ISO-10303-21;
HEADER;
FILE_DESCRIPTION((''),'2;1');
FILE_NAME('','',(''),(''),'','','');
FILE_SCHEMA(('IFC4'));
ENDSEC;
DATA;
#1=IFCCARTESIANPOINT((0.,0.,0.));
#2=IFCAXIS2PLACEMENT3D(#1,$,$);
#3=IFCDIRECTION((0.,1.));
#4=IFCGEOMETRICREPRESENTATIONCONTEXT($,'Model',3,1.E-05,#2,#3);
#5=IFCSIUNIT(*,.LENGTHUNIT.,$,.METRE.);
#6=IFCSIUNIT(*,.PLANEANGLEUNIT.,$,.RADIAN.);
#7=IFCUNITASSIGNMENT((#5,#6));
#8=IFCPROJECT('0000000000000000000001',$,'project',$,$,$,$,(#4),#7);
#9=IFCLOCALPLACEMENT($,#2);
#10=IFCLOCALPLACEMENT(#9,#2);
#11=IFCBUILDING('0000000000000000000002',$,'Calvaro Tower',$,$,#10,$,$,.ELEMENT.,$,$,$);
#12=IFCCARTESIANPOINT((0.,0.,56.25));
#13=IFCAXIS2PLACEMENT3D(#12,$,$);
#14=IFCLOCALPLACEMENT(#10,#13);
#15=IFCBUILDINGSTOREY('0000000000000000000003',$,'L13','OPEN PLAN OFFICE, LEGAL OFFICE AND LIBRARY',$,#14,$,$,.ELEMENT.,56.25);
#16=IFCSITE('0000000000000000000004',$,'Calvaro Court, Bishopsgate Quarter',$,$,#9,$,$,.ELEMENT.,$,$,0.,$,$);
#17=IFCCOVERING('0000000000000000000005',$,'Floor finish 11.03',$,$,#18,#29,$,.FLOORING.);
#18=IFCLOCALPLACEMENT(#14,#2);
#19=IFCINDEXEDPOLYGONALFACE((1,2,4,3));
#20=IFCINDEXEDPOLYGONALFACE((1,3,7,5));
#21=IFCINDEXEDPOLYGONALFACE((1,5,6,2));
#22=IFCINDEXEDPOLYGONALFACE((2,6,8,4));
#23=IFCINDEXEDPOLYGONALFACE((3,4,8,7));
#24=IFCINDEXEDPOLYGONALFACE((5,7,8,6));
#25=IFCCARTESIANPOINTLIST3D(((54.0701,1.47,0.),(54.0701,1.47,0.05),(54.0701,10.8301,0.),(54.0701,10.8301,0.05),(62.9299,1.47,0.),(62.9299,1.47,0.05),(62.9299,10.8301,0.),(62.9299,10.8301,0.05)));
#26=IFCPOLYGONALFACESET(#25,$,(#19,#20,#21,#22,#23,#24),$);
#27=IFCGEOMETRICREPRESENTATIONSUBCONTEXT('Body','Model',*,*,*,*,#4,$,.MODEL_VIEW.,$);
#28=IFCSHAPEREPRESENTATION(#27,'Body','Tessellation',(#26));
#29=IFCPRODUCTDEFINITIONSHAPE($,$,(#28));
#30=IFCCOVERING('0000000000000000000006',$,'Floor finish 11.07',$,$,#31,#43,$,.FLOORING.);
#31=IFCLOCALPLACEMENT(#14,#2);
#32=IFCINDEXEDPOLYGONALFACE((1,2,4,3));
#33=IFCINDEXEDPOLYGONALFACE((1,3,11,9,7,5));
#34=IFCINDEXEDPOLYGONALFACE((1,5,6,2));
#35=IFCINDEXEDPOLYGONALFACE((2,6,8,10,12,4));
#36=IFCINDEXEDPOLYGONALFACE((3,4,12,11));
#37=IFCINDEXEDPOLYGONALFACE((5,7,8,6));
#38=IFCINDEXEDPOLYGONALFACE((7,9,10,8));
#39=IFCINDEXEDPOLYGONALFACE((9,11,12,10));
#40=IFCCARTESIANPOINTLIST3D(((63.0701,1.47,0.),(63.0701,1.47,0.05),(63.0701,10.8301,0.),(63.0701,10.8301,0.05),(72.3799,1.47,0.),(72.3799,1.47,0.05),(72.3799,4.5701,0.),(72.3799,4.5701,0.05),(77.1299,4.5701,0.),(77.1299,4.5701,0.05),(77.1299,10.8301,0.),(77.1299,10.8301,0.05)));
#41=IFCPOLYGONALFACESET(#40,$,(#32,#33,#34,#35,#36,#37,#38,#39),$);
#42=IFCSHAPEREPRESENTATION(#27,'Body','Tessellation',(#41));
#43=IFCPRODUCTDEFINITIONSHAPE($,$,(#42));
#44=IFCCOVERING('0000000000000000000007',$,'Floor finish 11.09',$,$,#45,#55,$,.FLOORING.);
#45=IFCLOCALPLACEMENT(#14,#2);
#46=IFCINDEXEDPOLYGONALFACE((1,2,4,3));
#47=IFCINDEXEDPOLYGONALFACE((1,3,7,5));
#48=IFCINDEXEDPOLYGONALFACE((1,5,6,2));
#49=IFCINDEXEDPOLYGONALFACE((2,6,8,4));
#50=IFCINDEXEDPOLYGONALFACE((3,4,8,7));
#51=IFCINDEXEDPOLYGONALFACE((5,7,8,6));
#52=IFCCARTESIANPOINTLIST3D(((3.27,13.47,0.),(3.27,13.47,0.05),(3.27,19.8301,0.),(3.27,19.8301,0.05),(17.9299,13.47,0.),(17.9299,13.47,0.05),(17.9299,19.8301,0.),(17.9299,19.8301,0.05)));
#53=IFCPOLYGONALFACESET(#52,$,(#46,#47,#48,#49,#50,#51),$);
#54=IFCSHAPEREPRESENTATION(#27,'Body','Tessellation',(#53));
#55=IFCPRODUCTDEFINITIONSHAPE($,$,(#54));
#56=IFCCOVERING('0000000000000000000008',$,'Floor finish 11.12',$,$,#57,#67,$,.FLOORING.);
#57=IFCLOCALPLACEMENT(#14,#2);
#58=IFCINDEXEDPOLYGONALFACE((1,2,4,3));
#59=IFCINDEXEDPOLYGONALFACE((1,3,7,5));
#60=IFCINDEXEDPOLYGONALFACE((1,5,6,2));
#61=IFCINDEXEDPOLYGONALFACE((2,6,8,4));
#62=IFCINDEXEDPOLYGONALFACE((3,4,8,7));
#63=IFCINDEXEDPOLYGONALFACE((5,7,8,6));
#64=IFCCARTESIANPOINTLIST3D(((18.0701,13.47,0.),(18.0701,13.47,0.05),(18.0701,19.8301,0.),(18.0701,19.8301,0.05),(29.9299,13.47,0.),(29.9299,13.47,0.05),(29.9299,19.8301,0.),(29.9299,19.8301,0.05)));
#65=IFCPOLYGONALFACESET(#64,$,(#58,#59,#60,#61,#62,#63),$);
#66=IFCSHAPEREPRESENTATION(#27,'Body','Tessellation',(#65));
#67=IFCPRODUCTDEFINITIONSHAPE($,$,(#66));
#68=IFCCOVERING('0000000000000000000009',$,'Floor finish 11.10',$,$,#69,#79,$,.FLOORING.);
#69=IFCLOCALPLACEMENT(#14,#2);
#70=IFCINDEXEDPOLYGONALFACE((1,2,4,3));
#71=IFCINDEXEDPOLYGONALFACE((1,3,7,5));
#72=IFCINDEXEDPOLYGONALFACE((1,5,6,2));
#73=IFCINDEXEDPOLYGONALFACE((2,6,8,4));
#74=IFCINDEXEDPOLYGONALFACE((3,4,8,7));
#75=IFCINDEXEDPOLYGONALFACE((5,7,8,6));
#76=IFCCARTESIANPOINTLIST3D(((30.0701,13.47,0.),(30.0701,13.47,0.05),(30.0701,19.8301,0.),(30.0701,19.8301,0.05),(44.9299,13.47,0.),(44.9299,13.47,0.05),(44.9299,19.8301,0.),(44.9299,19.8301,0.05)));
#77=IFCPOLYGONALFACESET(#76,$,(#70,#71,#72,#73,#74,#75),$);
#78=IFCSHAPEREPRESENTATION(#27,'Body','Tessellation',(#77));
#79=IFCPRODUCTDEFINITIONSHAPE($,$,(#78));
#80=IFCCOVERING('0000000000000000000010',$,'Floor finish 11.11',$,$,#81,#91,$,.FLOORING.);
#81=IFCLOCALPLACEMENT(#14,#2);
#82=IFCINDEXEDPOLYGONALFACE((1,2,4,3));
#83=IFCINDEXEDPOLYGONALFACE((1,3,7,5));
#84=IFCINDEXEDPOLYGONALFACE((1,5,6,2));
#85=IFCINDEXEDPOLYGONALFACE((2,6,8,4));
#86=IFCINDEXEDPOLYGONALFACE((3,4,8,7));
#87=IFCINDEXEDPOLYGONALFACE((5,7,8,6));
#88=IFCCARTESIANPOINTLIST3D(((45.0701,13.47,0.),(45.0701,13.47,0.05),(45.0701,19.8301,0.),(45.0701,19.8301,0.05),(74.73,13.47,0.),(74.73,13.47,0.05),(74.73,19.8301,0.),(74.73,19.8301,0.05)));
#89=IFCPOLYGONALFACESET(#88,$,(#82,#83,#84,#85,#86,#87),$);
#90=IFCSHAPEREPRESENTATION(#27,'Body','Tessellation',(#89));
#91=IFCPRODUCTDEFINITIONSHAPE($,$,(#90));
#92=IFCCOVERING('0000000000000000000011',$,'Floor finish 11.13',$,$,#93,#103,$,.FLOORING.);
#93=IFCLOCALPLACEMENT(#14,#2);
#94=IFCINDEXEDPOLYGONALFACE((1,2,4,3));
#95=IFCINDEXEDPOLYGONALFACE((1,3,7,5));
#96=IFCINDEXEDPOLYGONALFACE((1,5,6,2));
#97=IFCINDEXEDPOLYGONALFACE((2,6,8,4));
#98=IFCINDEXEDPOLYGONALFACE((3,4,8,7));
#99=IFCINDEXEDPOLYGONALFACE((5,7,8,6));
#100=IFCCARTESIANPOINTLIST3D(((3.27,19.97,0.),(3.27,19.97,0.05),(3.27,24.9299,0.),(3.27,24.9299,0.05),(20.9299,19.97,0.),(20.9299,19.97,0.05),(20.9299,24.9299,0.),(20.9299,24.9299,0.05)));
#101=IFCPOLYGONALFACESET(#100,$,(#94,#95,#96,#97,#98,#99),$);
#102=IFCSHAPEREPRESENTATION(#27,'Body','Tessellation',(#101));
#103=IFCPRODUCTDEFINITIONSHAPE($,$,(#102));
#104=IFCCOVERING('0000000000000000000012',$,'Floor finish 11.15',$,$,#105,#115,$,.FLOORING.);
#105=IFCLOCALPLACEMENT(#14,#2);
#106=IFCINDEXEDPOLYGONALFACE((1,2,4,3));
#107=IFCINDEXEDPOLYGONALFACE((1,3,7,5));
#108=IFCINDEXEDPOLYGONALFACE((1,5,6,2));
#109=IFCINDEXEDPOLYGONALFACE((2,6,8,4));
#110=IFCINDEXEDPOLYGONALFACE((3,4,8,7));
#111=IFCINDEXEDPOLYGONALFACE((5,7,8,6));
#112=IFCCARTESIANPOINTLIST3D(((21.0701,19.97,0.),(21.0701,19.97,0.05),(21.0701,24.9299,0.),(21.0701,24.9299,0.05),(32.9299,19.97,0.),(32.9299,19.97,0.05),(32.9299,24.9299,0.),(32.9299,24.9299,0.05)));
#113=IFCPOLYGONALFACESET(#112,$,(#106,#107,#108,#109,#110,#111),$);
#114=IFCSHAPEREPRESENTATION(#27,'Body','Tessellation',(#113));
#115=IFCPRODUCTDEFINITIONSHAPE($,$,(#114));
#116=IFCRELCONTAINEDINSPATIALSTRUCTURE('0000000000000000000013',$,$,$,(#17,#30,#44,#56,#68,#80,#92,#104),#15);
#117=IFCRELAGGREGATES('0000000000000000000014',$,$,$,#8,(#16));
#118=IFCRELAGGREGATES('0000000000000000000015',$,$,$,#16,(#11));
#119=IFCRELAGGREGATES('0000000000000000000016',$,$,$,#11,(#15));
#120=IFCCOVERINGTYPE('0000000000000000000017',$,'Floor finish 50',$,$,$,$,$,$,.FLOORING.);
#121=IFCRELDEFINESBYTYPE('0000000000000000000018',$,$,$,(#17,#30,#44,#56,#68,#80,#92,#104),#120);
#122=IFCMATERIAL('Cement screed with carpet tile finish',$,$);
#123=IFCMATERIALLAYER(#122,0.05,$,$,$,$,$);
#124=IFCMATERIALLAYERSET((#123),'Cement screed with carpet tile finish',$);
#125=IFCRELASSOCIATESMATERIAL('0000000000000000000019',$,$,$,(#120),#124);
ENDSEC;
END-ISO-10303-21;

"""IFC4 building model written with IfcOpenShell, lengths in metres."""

from ifc_helpers import new_model, si_unit, direction, frame, origin, place, context, subcontext, project, spatial, polyline, outline, extrude, material, layer, layer_set, type_object, element, save


model = new_model("IFC4")

# Units and contexts
model_context = context("Model", 3, precision=1e-05, world=origin(), true_north=direction((0.0, 1.0)))
body_context = subcontext(model_context, "Body", "Model", "MODEL_VIEW")
ifc_project = project(units=[si_unit("LENGTHUNIT", "METRE"), si_unit("PLANEANGLEUNIT", "RADIAN")], contexts=[model_context])

# Site, building, storey
site_placement = place(None, origin())
site = spatial("IfcSite", under=ifc_project, at=site_placement, Name="Calvaro Court, Bishopsgate Quarter", CompositionType="ELEMENT", RefElevation=0.0)
building_placement = place(site_placement, origin())
building = spatial("IfcBuilding", under=site, at=building_placement, Name="Calvaro Tower", CompositionType="ELEMENT")
storey_placement = place(building_placement, frame((0.0, 0.0, 56.25)))
storey = spatial("IfcBuildingStorey", under=building, at=storey_placement, Name="L13", Description="OPEN PLAN OFFICE, LEGAL OFFICE AND LIBRARY", CompositionType="ELEMENT", Elevation=56.25)

# Coverings
ifc_material_1 = material(Name="Cement screed with carpet tile finish")
ifc_layer_1 = layer(ifc_material_1, 0.05)
ifc_layer_set_1 = layer_set([ifc_layer_1], Name="Cement screed with carpet tile finish")
covering_type = type_object("IfcCoveringType", Name="Floor finish 50", PredefinedType="FLOORING", material=ifc_layer_set_1)
covering_1_placement = place(storey_placement, origin())
element("IfcCovering", 1, at=covering_1_placement, inside=storey, type_object=covering_type, Name="Floor finish 11.03", PredefinedType="FLOORING", context=body_context, shape_type="SweptSolid", body=[
    extrude(outline(polyline([(54.0701, 10.8301), (62.9299, 10.8301), (62.9299, 1.47), (54.0701, 1.47), (54.0701, 10.8301)])), origin(), (0.0, 0.0, 1.0), 0.05),
])
covering_2_placement = place(storey_placement, origin())
element("IfcCovering", 2, at=covering_2_placement, inside=storey, type_object=covering_type, Name="Floor finish 11.07", PredefinedType="FLOORING", context=body_context, shape_type="SweptSolid", body=[
    extrude(outline(polyline([(77.1299, 4.5701), (72.3799, 4.5701), (72.3799, 1.47), (63.0701, 1.47), (63.0701, 10.8301), (77.1299, 10.8301), (77.1299, 4.5701)])), origin(), (0.0, 0.0, 1.0), 0.05),
])
covering_3_placement = place(storey_placement, origin())
element("IfcCovering", 3, at=covering_3_placement, inside=storey, type_object=covering_type, Name="Floor finish 11.09", PredefinedType="FLOORING", context=body_context, shape_type="SweptSolid", body=[
    extrude(outline(polyline([(3.27, 13.47), (3.27, 19.8301), (17.9299, 19.8301), (17.9299, 13.47), (3.27, 13.47)])), origin(), (0.0, 0.0, 1.0), 0.05),
])
covering_4_placement = place(storey_placement, origin())
element("IfcCovering", 4, at=covering_4_placement, inside=storey, type_object=covering_type, Name="Floor finish 11.12", PredefinedType="FLOORING", context=body_context, shape_type="SweptSolid", body=[
    extrude(outline(polyline([(18.0701, 13.47), (18.0701, 19.8301), (29.9299, 19.8301), (29.9299, 13.47), (18.0701, 13.47)])), origin(), (0.0, 0.0, 1.0), 0.05),
])
covering_5_placement = place(storey_placement, origin())
element("IfcCovering", 5, at=covering_5_placement, inside=storey, type_object=covering_type, Name="Floor finish 11.10", PredefinedType="FLOORING", context=body_context, shape_type="SweptSolid", body=[
    extrude(outline(polyline([(30.0701, 13.47), (30.0701, 19.8301), (44.9299, 19.8301), (44.9299, 13.47), (30.0701, 13.47)])), origin(), (0.0, 0.0, 1.0), 0.05),
])
covering_6_placement = place(storey_placement, origin())
element("IfcCovering", 6, at=covering_6_placement, inside=storey, type_object=covering_type, Name="Floor finish 11.11", PredefinedType="FLOORING", context=body_context, shape_type="SweptSolid", body=[
    extrude(outline(polyline([(45.0701, 13.47), (45.0701, 19.8301), (74.73, 19.8301), (74.73, 13.47), (45.0701, 13.47)])), origin(), (0.0, 0.0, 1.0), 0.05),
])
covering_7_placement = place(storey_placement, origin())
element("IfcCovering", 7, at=covering_7_placement, inside=storey, type_object=covering_type, Name="Floor finish 11.13", PredefinedType="FLOORING", context=body_context, shape_type="SweptSolid", body=[
    extrude(outline(polyline([(3.27, 19.97), (3.27, 24.9299), (20.9299, 24.9299), (20.9299, 19.97), (3.27, 19.97)])), origin(), (0.0, 0.0, 1.0), 0.05),
])
covering_8_placement = place(storey_placement, origin())
element("IfcCovering", 8, at=covering_8_placement, inside=storey, type_object=covering_type, Name="Floor finish 11.15", PredefinedType="FLOORING", context=body_context, shape_type="SweptSolid", body=[
    extrude(outline(polyline([(21.0701, 19.97), (21.0701, 24.9299), (32.9299, 24.9299), (32.9299, 19.97), (21.0701, 19.97)])), origin(), (0.0, 0.0, 1.0), 0.05),
])

save(model, "model.ifc")
